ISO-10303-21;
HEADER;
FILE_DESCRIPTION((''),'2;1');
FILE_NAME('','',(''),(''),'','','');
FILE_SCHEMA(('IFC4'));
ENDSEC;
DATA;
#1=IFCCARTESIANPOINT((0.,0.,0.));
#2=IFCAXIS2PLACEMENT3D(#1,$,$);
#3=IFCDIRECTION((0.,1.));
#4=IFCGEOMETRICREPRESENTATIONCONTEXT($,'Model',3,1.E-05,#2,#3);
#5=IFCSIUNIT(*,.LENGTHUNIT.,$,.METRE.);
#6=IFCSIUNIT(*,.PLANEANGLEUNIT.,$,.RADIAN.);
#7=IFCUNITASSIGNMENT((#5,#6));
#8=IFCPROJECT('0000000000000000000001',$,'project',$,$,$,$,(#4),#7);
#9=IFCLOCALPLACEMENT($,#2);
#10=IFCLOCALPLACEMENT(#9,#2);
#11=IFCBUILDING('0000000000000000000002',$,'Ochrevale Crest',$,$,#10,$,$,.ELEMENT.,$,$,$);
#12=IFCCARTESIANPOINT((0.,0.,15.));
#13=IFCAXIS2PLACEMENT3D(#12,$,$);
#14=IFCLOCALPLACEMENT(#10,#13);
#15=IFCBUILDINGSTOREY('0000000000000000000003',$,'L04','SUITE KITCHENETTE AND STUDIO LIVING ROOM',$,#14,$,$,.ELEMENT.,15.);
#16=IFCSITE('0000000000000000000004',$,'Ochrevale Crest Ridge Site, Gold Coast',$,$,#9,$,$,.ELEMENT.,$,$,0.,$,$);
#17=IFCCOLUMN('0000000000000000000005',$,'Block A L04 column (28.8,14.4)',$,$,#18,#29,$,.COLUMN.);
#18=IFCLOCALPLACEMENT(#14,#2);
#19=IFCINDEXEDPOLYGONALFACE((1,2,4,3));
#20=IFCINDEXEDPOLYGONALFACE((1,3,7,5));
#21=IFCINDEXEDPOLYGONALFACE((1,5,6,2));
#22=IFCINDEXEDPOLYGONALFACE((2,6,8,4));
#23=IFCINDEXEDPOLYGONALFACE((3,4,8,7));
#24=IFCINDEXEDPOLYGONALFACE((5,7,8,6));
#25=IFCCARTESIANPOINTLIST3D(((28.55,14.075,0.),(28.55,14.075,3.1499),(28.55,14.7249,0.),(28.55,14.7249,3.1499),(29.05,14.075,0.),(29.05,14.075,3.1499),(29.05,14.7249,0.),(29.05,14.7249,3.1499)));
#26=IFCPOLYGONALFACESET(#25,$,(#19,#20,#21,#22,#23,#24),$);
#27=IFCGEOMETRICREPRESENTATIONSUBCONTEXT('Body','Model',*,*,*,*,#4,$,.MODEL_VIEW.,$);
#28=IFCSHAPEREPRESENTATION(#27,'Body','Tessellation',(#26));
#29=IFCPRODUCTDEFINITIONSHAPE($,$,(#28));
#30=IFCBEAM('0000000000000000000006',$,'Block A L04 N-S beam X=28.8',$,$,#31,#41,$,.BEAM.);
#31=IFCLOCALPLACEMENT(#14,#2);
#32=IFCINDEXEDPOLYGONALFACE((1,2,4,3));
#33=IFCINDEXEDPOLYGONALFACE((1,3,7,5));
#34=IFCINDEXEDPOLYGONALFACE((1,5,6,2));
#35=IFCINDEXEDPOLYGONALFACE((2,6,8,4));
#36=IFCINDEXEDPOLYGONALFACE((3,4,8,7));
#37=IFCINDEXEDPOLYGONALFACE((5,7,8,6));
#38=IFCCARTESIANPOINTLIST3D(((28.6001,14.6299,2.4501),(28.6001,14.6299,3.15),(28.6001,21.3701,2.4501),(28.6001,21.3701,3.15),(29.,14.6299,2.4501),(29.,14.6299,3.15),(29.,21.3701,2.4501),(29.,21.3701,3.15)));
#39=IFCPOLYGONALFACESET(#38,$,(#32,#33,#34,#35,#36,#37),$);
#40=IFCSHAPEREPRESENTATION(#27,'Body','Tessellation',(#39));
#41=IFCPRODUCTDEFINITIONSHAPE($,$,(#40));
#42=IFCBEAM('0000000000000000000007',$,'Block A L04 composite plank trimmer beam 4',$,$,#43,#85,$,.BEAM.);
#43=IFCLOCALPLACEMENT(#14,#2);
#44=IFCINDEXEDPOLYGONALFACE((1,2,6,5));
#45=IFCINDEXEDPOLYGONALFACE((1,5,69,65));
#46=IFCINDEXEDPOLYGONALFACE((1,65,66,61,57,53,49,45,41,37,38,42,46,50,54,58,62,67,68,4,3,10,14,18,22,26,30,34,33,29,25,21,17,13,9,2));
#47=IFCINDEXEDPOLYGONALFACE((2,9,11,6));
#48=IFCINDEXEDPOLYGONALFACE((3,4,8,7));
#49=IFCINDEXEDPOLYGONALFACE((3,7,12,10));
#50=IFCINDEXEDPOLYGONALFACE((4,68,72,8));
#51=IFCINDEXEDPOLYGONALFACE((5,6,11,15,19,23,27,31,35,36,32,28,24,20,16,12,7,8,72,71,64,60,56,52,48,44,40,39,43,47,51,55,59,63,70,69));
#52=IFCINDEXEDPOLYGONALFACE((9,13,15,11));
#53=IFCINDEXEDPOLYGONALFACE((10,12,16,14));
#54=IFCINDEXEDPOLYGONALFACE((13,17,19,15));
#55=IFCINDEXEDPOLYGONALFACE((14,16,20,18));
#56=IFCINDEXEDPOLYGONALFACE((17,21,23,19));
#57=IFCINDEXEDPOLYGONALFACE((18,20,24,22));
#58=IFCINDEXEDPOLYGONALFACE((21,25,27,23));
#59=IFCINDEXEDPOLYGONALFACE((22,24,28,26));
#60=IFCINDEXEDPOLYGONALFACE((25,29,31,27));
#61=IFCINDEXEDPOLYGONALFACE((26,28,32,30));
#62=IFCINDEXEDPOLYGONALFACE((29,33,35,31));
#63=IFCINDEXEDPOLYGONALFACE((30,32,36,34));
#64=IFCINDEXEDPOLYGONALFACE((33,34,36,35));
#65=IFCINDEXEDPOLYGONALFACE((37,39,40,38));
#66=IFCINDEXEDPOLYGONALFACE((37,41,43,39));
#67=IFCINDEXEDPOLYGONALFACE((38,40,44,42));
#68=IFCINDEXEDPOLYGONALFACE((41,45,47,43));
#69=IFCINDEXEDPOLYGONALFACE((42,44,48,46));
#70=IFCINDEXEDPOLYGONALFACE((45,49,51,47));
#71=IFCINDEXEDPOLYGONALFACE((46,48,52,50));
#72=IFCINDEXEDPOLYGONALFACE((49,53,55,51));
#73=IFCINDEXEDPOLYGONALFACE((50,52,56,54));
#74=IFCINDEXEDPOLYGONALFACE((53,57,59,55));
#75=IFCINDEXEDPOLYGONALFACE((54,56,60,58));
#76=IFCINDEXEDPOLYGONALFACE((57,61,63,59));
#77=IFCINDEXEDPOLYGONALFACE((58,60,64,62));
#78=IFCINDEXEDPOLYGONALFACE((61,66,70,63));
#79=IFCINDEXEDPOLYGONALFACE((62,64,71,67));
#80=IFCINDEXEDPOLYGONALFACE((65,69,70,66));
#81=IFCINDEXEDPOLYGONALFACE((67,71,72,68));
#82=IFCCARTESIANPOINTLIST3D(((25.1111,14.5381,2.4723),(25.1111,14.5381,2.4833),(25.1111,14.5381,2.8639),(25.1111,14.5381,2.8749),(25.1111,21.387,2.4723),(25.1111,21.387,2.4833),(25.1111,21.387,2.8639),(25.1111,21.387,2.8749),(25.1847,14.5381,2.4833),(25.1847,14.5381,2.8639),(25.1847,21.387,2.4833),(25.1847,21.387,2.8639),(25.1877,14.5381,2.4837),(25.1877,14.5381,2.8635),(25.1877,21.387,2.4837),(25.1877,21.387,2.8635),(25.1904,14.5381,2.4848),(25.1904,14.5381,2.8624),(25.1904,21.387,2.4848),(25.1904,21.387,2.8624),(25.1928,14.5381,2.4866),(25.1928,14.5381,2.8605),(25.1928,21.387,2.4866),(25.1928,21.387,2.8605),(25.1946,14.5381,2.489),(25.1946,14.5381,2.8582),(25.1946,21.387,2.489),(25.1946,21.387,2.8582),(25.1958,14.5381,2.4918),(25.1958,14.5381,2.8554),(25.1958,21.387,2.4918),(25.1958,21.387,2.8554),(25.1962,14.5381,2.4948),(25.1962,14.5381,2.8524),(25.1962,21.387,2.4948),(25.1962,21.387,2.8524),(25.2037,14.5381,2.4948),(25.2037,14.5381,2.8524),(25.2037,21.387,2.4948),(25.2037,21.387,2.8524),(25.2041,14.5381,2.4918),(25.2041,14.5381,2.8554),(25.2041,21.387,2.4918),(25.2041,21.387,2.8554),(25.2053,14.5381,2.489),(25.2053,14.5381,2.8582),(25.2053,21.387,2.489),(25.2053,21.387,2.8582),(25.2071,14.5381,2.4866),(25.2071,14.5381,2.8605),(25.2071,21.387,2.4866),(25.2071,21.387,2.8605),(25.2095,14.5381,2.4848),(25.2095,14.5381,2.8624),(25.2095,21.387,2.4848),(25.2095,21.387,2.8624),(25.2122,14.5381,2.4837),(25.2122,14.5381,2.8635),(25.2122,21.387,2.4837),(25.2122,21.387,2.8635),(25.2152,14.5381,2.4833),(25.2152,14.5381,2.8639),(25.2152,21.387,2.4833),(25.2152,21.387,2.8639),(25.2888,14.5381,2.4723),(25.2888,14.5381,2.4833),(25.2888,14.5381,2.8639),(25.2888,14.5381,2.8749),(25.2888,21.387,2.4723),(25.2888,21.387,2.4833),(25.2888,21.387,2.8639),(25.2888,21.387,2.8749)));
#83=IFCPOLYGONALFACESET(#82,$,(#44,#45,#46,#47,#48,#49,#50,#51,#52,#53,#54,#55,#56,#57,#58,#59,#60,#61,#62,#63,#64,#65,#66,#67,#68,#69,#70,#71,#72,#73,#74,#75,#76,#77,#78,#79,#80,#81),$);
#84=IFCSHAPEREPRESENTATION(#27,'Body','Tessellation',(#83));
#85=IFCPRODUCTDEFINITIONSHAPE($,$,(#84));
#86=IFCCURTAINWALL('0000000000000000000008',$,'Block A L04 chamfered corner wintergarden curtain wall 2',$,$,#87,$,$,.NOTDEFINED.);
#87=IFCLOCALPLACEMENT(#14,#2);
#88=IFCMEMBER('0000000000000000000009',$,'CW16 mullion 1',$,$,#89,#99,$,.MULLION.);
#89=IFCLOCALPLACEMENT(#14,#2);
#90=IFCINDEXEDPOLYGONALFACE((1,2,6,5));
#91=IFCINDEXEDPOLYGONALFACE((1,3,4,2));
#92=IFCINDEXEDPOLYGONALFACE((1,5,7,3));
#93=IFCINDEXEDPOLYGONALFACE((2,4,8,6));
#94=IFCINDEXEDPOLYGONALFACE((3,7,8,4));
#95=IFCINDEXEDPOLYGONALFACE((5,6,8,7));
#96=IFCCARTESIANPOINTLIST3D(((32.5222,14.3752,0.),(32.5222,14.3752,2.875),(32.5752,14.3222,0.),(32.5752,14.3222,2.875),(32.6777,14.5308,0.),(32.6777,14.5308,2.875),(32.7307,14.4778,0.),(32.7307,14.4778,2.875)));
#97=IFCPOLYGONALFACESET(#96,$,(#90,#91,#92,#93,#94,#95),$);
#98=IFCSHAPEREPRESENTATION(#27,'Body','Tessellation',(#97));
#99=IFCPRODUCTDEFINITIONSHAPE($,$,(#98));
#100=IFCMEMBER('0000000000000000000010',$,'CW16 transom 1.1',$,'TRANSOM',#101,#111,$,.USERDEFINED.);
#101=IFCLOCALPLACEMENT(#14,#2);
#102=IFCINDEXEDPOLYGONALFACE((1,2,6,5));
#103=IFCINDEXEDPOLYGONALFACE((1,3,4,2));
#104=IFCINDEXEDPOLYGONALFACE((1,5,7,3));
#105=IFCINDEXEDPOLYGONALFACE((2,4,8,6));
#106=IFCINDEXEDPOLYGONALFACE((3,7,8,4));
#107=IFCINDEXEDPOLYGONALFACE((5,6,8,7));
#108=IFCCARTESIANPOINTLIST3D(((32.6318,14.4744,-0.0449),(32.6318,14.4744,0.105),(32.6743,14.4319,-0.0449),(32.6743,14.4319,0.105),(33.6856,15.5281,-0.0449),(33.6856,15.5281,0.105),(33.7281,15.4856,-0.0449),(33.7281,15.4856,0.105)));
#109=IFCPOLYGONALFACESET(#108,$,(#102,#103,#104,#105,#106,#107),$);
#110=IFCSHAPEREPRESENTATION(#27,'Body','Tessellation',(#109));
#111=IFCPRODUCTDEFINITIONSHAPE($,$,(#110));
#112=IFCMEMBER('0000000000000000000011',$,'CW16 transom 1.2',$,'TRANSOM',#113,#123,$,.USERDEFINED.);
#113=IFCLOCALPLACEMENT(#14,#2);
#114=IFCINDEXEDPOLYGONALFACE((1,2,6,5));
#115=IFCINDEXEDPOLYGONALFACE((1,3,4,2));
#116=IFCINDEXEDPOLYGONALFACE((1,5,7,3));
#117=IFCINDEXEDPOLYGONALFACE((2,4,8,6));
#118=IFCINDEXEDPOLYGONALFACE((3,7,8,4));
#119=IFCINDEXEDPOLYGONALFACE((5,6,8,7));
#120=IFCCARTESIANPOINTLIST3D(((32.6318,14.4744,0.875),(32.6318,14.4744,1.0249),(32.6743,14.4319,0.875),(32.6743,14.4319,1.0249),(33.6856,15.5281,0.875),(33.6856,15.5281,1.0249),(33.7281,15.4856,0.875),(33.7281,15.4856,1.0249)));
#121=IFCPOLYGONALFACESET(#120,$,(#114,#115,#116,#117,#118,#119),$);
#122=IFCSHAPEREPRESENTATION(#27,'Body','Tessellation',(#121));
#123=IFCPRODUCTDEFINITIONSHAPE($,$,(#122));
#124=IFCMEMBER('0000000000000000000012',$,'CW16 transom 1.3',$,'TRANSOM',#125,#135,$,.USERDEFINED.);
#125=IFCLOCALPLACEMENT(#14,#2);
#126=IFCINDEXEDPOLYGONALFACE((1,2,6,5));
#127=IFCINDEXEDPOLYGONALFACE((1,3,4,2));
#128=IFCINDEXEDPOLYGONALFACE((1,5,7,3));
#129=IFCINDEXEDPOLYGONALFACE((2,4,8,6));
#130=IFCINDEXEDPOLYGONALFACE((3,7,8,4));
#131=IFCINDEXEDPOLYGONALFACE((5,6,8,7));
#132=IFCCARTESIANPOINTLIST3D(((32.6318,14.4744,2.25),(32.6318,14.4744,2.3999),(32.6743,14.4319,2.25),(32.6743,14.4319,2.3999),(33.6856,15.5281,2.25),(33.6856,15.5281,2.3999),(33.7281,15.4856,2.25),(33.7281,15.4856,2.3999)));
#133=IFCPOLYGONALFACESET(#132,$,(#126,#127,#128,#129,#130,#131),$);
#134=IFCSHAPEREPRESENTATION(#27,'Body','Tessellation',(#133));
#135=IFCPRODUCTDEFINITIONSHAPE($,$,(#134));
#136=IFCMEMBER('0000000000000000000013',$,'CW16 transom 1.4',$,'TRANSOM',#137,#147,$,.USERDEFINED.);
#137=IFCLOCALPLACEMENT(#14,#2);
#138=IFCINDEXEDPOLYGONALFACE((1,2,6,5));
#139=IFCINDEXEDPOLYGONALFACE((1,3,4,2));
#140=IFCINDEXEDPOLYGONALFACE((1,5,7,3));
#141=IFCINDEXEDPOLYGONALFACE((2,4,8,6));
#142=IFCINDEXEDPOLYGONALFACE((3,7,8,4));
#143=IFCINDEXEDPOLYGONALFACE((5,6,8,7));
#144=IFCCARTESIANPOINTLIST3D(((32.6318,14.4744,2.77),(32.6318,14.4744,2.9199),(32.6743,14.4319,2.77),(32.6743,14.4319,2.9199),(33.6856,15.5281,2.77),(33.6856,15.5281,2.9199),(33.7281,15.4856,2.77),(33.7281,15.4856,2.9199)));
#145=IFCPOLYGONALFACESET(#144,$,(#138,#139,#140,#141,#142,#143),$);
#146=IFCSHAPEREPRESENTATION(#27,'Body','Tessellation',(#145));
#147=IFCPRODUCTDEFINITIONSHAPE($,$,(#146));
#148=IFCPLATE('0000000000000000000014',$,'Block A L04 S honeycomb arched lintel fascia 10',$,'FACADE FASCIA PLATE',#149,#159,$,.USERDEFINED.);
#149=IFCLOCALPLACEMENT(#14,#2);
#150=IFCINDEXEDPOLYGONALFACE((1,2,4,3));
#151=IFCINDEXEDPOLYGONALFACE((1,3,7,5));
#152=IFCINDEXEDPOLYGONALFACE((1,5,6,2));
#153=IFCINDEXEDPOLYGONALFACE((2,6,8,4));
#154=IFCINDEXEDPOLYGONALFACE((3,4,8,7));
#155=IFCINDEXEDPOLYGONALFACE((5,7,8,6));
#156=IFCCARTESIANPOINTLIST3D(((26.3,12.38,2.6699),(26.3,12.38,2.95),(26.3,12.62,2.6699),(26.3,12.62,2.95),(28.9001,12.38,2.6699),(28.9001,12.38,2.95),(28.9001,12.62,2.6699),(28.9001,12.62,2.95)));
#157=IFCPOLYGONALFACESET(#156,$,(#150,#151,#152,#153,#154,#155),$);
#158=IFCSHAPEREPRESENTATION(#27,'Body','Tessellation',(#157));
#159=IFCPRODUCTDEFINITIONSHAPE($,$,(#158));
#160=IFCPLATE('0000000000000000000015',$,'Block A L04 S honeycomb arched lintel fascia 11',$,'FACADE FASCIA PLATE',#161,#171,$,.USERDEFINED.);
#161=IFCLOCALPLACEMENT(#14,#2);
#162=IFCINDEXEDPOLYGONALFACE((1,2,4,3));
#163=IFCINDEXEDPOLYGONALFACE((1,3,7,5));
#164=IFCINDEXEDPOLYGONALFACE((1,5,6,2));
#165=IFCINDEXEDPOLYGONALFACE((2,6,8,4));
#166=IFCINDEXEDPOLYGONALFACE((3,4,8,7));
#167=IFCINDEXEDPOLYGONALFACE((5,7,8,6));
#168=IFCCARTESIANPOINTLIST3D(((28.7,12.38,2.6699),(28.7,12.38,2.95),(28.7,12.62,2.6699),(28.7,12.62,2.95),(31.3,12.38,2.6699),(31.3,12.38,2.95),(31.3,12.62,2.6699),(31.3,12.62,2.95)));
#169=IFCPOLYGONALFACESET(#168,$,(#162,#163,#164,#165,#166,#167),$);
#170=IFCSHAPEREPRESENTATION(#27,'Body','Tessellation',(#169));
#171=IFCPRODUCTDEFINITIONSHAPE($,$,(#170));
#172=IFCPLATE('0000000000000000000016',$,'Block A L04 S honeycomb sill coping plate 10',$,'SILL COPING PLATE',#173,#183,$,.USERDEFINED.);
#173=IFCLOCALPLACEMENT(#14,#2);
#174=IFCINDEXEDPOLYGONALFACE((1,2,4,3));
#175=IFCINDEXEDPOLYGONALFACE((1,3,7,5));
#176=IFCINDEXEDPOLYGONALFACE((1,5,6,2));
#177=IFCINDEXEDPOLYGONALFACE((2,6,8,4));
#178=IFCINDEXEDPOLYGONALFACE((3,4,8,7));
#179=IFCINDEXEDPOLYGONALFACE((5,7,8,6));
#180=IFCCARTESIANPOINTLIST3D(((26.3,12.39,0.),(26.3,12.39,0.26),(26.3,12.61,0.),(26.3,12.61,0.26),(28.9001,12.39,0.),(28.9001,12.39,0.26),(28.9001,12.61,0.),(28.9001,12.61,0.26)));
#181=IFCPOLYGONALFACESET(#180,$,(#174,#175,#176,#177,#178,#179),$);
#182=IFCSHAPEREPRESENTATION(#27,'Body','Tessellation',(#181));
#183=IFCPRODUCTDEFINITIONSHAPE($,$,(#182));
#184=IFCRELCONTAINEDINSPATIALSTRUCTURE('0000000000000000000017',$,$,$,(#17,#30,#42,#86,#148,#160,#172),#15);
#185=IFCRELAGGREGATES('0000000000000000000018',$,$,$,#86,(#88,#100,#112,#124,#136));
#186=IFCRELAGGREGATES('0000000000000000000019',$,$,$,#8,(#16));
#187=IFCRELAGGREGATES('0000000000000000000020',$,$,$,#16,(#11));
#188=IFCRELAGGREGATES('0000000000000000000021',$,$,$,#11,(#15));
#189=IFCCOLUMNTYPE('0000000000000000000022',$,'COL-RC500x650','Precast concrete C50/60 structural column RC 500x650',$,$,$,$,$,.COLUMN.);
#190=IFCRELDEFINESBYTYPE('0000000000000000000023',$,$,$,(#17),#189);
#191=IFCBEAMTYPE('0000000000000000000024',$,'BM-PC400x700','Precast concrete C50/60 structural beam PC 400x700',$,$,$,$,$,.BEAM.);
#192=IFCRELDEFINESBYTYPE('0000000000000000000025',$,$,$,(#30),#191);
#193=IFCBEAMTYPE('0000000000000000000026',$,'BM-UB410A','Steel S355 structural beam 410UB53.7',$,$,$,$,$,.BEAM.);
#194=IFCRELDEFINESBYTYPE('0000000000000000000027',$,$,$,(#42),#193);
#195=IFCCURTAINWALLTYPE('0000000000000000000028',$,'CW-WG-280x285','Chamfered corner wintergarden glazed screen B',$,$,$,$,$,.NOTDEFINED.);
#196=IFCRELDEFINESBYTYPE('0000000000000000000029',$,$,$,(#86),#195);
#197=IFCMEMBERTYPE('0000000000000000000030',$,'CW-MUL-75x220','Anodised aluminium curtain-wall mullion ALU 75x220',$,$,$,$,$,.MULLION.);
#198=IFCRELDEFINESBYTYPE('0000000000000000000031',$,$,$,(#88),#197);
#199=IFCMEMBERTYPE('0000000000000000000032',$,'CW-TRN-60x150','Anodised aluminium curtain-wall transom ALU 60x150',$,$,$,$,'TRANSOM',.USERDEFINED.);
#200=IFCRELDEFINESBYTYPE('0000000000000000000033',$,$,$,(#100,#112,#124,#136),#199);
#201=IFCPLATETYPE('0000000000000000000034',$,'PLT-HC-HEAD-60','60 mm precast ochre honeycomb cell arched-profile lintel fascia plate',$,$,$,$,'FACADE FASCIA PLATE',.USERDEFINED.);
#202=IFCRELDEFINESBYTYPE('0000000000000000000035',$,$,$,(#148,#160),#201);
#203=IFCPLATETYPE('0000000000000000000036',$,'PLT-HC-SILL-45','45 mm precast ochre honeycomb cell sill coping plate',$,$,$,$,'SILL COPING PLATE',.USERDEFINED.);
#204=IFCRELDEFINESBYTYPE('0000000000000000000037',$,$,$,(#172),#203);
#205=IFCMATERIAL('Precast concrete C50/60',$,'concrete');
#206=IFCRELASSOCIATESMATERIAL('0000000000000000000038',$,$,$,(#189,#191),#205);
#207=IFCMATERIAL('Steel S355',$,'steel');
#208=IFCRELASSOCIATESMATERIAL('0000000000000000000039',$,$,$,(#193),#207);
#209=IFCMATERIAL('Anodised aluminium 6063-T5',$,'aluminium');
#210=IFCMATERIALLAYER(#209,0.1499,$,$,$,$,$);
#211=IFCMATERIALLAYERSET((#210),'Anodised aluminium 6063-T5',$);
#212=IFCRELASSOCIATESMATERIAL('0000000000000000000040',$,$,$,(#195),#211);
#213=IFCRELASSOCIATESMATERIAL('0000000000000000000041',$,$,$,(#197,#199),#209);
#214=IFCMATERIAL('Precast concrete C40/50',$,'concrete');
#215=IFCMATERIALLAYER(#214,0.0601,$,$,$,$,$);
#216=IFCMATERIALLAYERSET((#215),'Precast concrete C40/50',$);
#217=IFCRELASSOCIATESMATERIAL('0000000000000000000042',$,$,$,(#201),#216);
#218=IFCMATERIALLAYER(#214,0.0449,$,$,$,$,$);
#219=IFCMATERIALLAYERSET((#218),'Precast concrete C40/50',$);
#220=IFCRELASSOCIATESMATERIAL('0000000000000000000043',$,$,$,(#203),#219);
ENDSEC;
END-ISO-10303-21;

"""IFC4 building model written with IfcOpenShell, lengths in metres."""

from ifc_helpers import new_model, si_unit, direction, frame, origin, origin_2d, place, context, subcontext, project, spatial, rectangle, i_section, extrude, material, layer, layer_set, material_profile, profile_set, type_object, element, aggregate, save


model = new_model("IFC4")

# Units and contexts
model_context = context("Model", 3, precision=1e-05, world=origin(), true_north=direction((0.0, 1.0)))
body_context = subcontext(model_context, "Body", "Model", "MODEL_VIEW")
ifc_project = project(units=[si_unit("LENGTHUNIT", "METRE"), si_unit("PLANEANGLEUNIT", "RADIAN")], contexts=[model_context])

# Site, building, storey
site_placement = place(None, origin())
site = spatial("IfcSite", under=ifc_project, at=site_placement, Name="Ochrevale Crest Ridge Site, Gold Coast", CompositionType="ELEMENT", RefElevation=0.0)
building_placement = place(site_placement, origin())
building = spatial("IfcBuilding", under=site, at=building_placement, Name="Ochrevale Crest", CompositionType="ELEMENT")
storey_placement = place(building_placement, frame((0.0, 0.0, 15.0)))
storey = spatial("IfcBuildingStorey", under=building, at=storey_placement, Name="L04", Description="SUITE KITCHENETTE AND STUDIO LIVING ROOM", CompositionType="ELEMENT", Elevation=15.0)

# Column
ifc_material_1 = material(Name="Precast concrete C50/60", Category="concrete")
ifc_material_profile_1 = material_profile(ifc_material_1, rectangle(XDim=0.5, YDim=0.6499, at=origin_2d()), Name="RC 500x650")
ifc_profile_set_1 = profile_set([ifc_material_profile_1], Name="Precast concrete C50/60")
column_type = type_object("IfcColumnType", Name="COL-RC500x650", Description="Precast concrete C50/60 structural column RC 500x650", PredefinedType="COLUMN", material=ifc_profile_set_1)
column_placement = place(storey_placement, frame((28.8, 14.3999, 0.0), z_axis=(0.0, 0.0, 1.0), x_axis=(1.0, 0.0, 0.0)))
element("IfcColumn", 1, at=column_placement, inside=storey, type_object=column_type, Name="Block A L04 column (28.8,14.4)", PredefinedType="COLUMN", context=body_context, shape_type="SweptSolid", body=[
    extrude(rectangle(XDim=0.5, YDim=0.6499, at=origin_2d()), origin(), (0.0, 0.0, 1.0), 3.1499),
])

# Beams
ifc_material_profile_2 = material_profile(ifc_material_1, rectangle(XDim=0.3999, YDim=0.7, at=origin_2d()), Name="PC 400x700")
ifc_profile_set_2 = profile_set([ifc_material_profile_2], Name="Precast concrete C50/60")
beam_type_1 = type_object("IfcBeamType", Name="BM-PC400x700", Description="Precast concrete C50/60 structural beam PC 400x700", PredefinedType="BEAM", material=ifc_profile_set_2)
beam_1_placement = place(storey_placement, frame((28.8, 14.6299, 2.8), z_axis=(0.0, 1.0, 0.0), x_axis=(-1.0, 0.0, 0.0)))
element("IfcBeam", 2, at=beam_1_placement, inside=storey, type_object=beam_type_1, Name="Block A L04 N-S beam X=28.8", PredefinedType="BEAM", context=body_context, shape_type="SweptSolid", body=[
    extrude(rectangle(XDim=0.3999, YDim=0.7, at=origin_2d()), origin(), (0.0, 0.0, 1.0), 6.7402),
])
ifc_material_2 = material(Name="Steel S355", Category="steel")
ifc_material_profile_3 = material_profile(ifc_material_2, i_section(OverallWidth=0.1777, OverallDepth=0.4026, WebThickness=0.0076, FlangeThickness=0.011, FilletRadius=0.0115, at=origin_2d()), Name="410UB53.7")
ifc_profile_set_3 = profile_set([ifc_material_profile_3], Name="Steel S355")
beam_type_2 = type_object("IfcBeamType", Name="BM-UB410A", Description="Steel S355 structural beam 410UB53.7", PredefinedType="BEAM", material=ifc_profile_set_3)
beam_2_placement = place(storey_placement, frame((25.2, 14.5381, 2.6736), z_axis=(0.0, 1.0, 0.0), x_axis=(-1.0, 0.0, 0.0)))
element("IfcBeam", 3, at=beam_2_placement, inside=storey, type_object=beam_type_2, Name="Block A L04 composite plank trimmer beam 4", PredefinedType="BEAM", context=body_context, shape_type="SweptSolid", body=[
    extrude(i_section(OverallWidth=0.1777, OverallDepth=0.4026, WebThickness=0.0076, FlangeThickness=0.011, FilletRadius=0.0115, at=origin_2d()), origin(), (0.0, 0.0, 1.0), 6.8489),
])

# Curtain wall, members
ifc_material_3 = material(Name="Anodised aluminium 6063-T5", Category="aluminium")
ifc_layer_1 = layer(ifc_material_3, 0.1499)
ifc_layer_set_1 = layer_set([ifc_layer_1], Name="Anodised aluminium 6063-T5")
curtain_wall_type = type_object("IfcCurtainWallType", Name="CW-WG-280x285", Description="Chamfered corner wintergarden glazed screen B", PredefinedType="NOTDEFINED", material=ifc_layer_set_1)
curtain_wall_placement = place(storey_placement, origin())
curtain_wall = element("IfcCurtainWall", 4, at=curtain_wall_placement, inside=storey, type_object=curtain_wall_type, Name="Block A L04 chamfered corner wintergarden curtain wall 2", PredefinedType="NOTDEFINED")
ifc_material_profile_4 = material_profile(ifc_material_3, rectangle(XDim=0.075, YDim=0.22, at=origin_2d()), Name="ALU 75x220")
ifc_profile_set_4 = profile_set([ifc_material_profile_4], Name="Anodised aluminium 6063-T5")
member_type_1 = type_object("IfcMemberType", Name="CW-MUL-75x220", Description="Anodised aluminium curtain-wall mullion ALU 75x220", PredefinedType="MULLION", material=ifc_profile_set_4)
member_1_placement = place(storey_placement, frame((32.6265, 14.4265, 0.0), z_axis=(0.0, 0.0, 1.0), x_axis=(-0.707107, 0.707107, 0.0)))
member_1 = element("IfcMember", 5, at=member_1_placement, type_object=member_type_1, Name="CW16 mullion 1", PredefinedType="MULLION", context=body_context, shape_type="SweptSolid", body=[
    extrude(rectangle(XDim=0.075, YDim=0.22, at=origin_2d()), origin(), (0.0, 0.0, 1.0), 2.875),
])
ifc_material_profile_5 = material_profile(ifc_material_3, rectangle(XDim=0.0601, YDim=0.1499, at=origin_2d()), Name="ALU 60x150")
ifc_profile_set_5 = profile_set([ifc_material_profile_5], Name="Anodised aluminium 6063-T5")
member_type_2 = type_object("IfcMemberType", Name="CW-TRN-60x150", Description="Anodised aluminium curtain-wall transom ALU 60x150", ElementType="TRANSOM", PredefinedType="USERDEFINED", material=ifc_profile_set_5)
member_2_placement = place(storey_placement, frame((32.6531, 14.4531, 0.03), z_axis=(0.707107, 0.707107, 0.0), x_axis=(-0.707107, 0.707107, 0.0)))
member_2 = element("IfcMember", 6, at=member_2_placement, type_object=member_type_2, Name="CW16 transom 1.1", ObjectType="TRANSOM", PredefinedType="USERDEFINED", context=body_context, shape_type="SweptSolid", body=[
    extrude(rectangle(XDim=0.0601, YDim=0.1499, at=origin_2d()), origin(), (0.0, 0.0, 1.0), 1.4902),
])
member_3_placement = place(storey_placement, frame((32.6531, 14.4531, 0.95), z_axis=(0.707107, 0.707107, 0.0), x_axis=(-0.707107, 0.707107, 0.0)))
member_3 = element("IfcMember", 7, at=member_3_placement, type_object=member_type_2, Name="CW16 transom 1.2", ObjectType="TRANSOM", PredefinedType="USERDEFINED", context=body_context, shape_type="SweptSolid", body=[
    extrude(rectangle(XDim=0.0601, YDim=0.1499, at=origin_2d()), origin(), (0.0, 0.0, 1.0), 1.4902),
])
member_4_placement = place(storey_placement, frame((32.6531, 14.4531, 2.325), z_axis=(0.707107, 0.707107, 0.0), x_axis=(-0.707107, 0.707107, 0.0)))
member_4 = element("IfcMember", 8, at=member_4_placement, type_object=member_type_2, Name="CW16 transom 1.3", ObjectType="TRANSOM", PredefinedType="USERDEFINED", context=body_context, shape_type="SweptSolid", body=[
    extrude(rectangle(XDim=0.0601, YDim=0.1499, at=origin_2d()), origin(), (0.0, 0.0, 1.0), 1.4902),
])
member_5_placement = place(storey_placement, frame((32.6531, 14.4531, 2.845), z_axis=(0.707107, 0.707107, 0.0), x_axis=(-0.707107, 0.707107, 0.0)))
member_5 = element("IfcMember", 9, at=member_5_placement, type_object=member_type_2, Name="CW16 transom 1.4", ObjectType="TRANSOM", PredefinedType="USERDEFINED", context=body_context, shape_type="SweptSolid", body=[
    extrude(rectangle(XDim=0.0601, YDim=0.1499, at=origin_2d()), origin(), (0.0, 0.0, 1.0), 1.4902),
])
aggregate(curtain_wall, [member_1, member_2, member_3, member_4, member_5])

# Plates
ifc_material_4 = material(Name="Precast concrete C40/50", Category="concrete")
ifc_layer_2 = layer(ifc_material_4, 0.0601)
ifc_layer_set_2 = layer_set([ifc_layer_2], Name="Precast concrete C40/50")
plate_type_1 = type_object("IfcPlateType", Name="PLT-HC-HEAD-60", Description="60 mm precast ochre honeycomb cell arched-profile lintel fascia plate", ElementType="FACADE FASCIA PLATE", PredefinedType="USERDEFINED", material=ifc_layer_set_2)
for number, where, z_axis, x_axis, name in (
    (10, (27.6001, 12.5, 2.6699), (0.0, 0.0, 1.0), (1.0, 0.0, 0.0), "Block A L04 S honeycomb arched lintel fascia 10"),
    (11, (30.0, 12.5, 2.6699), (0.0, 0.0, 1.0), (1.0, 0.0, 0.0), "Block A L04 S honeycomb arched lintel fascia 11"),
):
    element("IfcPlate", number, at=place(storey_placement, frame(where, z_axis=z_axis, x_axis=x_axis)), inside=storey, type_object=plate_type_1, Name=name, ObjectType="FACADE FASCIA PLATE", PredefinedType="USERDEFINED", context=body_context, shape_type="SweptSolid", body=[
        extrude(rectangle(XDim=2.6001, YDim=0.24, at=origin_2d()), origin(), (0.0, 0.0, 1.0), 0.28),
    ])
ifc_layer_3 = layer(ifc_material_4, 0.0449)
ifc_layer_set_3 = layer_set([ifc_layer_3], Name="Precast concrete C40/50")
plate_type_2 = type_object("IfcPlateType", Name="PLT-HC-SILL-45", Description="45 mm precast ochre honeycomb cell sill coping plate", ElementType="SILL COPING PLATE", PredefinedType="USERDEFINED", material=ifc_layer_set_3)
for number, where, z_axis, x_axis, name in (
    (12, (27.6001, 12.5, 0.0), (0.0, 0.0, 1.0), (1.0, 0.0, 0.0), "Block A L04 S honeycomb sill coping plate 10"),
):
    element("IfcPlate", number, at=place(storey_placement, frame(where, z_axis=z_axis, x_axis=x_axis)), inside=storey, type_object=plate_type_2, Name=name, ObjectType="SILL COPING PLATE", PredefinedType="USERDEFINED", context=body_context, shape_type="SweptSolid", body=[
        extrude(rectangle(XDim=2.6001, YDim=0.22, at=origin_2d()), origin(), (0.0, 0.0, 1.0), 0.26),
    ])

save(model, "model.ifc")
